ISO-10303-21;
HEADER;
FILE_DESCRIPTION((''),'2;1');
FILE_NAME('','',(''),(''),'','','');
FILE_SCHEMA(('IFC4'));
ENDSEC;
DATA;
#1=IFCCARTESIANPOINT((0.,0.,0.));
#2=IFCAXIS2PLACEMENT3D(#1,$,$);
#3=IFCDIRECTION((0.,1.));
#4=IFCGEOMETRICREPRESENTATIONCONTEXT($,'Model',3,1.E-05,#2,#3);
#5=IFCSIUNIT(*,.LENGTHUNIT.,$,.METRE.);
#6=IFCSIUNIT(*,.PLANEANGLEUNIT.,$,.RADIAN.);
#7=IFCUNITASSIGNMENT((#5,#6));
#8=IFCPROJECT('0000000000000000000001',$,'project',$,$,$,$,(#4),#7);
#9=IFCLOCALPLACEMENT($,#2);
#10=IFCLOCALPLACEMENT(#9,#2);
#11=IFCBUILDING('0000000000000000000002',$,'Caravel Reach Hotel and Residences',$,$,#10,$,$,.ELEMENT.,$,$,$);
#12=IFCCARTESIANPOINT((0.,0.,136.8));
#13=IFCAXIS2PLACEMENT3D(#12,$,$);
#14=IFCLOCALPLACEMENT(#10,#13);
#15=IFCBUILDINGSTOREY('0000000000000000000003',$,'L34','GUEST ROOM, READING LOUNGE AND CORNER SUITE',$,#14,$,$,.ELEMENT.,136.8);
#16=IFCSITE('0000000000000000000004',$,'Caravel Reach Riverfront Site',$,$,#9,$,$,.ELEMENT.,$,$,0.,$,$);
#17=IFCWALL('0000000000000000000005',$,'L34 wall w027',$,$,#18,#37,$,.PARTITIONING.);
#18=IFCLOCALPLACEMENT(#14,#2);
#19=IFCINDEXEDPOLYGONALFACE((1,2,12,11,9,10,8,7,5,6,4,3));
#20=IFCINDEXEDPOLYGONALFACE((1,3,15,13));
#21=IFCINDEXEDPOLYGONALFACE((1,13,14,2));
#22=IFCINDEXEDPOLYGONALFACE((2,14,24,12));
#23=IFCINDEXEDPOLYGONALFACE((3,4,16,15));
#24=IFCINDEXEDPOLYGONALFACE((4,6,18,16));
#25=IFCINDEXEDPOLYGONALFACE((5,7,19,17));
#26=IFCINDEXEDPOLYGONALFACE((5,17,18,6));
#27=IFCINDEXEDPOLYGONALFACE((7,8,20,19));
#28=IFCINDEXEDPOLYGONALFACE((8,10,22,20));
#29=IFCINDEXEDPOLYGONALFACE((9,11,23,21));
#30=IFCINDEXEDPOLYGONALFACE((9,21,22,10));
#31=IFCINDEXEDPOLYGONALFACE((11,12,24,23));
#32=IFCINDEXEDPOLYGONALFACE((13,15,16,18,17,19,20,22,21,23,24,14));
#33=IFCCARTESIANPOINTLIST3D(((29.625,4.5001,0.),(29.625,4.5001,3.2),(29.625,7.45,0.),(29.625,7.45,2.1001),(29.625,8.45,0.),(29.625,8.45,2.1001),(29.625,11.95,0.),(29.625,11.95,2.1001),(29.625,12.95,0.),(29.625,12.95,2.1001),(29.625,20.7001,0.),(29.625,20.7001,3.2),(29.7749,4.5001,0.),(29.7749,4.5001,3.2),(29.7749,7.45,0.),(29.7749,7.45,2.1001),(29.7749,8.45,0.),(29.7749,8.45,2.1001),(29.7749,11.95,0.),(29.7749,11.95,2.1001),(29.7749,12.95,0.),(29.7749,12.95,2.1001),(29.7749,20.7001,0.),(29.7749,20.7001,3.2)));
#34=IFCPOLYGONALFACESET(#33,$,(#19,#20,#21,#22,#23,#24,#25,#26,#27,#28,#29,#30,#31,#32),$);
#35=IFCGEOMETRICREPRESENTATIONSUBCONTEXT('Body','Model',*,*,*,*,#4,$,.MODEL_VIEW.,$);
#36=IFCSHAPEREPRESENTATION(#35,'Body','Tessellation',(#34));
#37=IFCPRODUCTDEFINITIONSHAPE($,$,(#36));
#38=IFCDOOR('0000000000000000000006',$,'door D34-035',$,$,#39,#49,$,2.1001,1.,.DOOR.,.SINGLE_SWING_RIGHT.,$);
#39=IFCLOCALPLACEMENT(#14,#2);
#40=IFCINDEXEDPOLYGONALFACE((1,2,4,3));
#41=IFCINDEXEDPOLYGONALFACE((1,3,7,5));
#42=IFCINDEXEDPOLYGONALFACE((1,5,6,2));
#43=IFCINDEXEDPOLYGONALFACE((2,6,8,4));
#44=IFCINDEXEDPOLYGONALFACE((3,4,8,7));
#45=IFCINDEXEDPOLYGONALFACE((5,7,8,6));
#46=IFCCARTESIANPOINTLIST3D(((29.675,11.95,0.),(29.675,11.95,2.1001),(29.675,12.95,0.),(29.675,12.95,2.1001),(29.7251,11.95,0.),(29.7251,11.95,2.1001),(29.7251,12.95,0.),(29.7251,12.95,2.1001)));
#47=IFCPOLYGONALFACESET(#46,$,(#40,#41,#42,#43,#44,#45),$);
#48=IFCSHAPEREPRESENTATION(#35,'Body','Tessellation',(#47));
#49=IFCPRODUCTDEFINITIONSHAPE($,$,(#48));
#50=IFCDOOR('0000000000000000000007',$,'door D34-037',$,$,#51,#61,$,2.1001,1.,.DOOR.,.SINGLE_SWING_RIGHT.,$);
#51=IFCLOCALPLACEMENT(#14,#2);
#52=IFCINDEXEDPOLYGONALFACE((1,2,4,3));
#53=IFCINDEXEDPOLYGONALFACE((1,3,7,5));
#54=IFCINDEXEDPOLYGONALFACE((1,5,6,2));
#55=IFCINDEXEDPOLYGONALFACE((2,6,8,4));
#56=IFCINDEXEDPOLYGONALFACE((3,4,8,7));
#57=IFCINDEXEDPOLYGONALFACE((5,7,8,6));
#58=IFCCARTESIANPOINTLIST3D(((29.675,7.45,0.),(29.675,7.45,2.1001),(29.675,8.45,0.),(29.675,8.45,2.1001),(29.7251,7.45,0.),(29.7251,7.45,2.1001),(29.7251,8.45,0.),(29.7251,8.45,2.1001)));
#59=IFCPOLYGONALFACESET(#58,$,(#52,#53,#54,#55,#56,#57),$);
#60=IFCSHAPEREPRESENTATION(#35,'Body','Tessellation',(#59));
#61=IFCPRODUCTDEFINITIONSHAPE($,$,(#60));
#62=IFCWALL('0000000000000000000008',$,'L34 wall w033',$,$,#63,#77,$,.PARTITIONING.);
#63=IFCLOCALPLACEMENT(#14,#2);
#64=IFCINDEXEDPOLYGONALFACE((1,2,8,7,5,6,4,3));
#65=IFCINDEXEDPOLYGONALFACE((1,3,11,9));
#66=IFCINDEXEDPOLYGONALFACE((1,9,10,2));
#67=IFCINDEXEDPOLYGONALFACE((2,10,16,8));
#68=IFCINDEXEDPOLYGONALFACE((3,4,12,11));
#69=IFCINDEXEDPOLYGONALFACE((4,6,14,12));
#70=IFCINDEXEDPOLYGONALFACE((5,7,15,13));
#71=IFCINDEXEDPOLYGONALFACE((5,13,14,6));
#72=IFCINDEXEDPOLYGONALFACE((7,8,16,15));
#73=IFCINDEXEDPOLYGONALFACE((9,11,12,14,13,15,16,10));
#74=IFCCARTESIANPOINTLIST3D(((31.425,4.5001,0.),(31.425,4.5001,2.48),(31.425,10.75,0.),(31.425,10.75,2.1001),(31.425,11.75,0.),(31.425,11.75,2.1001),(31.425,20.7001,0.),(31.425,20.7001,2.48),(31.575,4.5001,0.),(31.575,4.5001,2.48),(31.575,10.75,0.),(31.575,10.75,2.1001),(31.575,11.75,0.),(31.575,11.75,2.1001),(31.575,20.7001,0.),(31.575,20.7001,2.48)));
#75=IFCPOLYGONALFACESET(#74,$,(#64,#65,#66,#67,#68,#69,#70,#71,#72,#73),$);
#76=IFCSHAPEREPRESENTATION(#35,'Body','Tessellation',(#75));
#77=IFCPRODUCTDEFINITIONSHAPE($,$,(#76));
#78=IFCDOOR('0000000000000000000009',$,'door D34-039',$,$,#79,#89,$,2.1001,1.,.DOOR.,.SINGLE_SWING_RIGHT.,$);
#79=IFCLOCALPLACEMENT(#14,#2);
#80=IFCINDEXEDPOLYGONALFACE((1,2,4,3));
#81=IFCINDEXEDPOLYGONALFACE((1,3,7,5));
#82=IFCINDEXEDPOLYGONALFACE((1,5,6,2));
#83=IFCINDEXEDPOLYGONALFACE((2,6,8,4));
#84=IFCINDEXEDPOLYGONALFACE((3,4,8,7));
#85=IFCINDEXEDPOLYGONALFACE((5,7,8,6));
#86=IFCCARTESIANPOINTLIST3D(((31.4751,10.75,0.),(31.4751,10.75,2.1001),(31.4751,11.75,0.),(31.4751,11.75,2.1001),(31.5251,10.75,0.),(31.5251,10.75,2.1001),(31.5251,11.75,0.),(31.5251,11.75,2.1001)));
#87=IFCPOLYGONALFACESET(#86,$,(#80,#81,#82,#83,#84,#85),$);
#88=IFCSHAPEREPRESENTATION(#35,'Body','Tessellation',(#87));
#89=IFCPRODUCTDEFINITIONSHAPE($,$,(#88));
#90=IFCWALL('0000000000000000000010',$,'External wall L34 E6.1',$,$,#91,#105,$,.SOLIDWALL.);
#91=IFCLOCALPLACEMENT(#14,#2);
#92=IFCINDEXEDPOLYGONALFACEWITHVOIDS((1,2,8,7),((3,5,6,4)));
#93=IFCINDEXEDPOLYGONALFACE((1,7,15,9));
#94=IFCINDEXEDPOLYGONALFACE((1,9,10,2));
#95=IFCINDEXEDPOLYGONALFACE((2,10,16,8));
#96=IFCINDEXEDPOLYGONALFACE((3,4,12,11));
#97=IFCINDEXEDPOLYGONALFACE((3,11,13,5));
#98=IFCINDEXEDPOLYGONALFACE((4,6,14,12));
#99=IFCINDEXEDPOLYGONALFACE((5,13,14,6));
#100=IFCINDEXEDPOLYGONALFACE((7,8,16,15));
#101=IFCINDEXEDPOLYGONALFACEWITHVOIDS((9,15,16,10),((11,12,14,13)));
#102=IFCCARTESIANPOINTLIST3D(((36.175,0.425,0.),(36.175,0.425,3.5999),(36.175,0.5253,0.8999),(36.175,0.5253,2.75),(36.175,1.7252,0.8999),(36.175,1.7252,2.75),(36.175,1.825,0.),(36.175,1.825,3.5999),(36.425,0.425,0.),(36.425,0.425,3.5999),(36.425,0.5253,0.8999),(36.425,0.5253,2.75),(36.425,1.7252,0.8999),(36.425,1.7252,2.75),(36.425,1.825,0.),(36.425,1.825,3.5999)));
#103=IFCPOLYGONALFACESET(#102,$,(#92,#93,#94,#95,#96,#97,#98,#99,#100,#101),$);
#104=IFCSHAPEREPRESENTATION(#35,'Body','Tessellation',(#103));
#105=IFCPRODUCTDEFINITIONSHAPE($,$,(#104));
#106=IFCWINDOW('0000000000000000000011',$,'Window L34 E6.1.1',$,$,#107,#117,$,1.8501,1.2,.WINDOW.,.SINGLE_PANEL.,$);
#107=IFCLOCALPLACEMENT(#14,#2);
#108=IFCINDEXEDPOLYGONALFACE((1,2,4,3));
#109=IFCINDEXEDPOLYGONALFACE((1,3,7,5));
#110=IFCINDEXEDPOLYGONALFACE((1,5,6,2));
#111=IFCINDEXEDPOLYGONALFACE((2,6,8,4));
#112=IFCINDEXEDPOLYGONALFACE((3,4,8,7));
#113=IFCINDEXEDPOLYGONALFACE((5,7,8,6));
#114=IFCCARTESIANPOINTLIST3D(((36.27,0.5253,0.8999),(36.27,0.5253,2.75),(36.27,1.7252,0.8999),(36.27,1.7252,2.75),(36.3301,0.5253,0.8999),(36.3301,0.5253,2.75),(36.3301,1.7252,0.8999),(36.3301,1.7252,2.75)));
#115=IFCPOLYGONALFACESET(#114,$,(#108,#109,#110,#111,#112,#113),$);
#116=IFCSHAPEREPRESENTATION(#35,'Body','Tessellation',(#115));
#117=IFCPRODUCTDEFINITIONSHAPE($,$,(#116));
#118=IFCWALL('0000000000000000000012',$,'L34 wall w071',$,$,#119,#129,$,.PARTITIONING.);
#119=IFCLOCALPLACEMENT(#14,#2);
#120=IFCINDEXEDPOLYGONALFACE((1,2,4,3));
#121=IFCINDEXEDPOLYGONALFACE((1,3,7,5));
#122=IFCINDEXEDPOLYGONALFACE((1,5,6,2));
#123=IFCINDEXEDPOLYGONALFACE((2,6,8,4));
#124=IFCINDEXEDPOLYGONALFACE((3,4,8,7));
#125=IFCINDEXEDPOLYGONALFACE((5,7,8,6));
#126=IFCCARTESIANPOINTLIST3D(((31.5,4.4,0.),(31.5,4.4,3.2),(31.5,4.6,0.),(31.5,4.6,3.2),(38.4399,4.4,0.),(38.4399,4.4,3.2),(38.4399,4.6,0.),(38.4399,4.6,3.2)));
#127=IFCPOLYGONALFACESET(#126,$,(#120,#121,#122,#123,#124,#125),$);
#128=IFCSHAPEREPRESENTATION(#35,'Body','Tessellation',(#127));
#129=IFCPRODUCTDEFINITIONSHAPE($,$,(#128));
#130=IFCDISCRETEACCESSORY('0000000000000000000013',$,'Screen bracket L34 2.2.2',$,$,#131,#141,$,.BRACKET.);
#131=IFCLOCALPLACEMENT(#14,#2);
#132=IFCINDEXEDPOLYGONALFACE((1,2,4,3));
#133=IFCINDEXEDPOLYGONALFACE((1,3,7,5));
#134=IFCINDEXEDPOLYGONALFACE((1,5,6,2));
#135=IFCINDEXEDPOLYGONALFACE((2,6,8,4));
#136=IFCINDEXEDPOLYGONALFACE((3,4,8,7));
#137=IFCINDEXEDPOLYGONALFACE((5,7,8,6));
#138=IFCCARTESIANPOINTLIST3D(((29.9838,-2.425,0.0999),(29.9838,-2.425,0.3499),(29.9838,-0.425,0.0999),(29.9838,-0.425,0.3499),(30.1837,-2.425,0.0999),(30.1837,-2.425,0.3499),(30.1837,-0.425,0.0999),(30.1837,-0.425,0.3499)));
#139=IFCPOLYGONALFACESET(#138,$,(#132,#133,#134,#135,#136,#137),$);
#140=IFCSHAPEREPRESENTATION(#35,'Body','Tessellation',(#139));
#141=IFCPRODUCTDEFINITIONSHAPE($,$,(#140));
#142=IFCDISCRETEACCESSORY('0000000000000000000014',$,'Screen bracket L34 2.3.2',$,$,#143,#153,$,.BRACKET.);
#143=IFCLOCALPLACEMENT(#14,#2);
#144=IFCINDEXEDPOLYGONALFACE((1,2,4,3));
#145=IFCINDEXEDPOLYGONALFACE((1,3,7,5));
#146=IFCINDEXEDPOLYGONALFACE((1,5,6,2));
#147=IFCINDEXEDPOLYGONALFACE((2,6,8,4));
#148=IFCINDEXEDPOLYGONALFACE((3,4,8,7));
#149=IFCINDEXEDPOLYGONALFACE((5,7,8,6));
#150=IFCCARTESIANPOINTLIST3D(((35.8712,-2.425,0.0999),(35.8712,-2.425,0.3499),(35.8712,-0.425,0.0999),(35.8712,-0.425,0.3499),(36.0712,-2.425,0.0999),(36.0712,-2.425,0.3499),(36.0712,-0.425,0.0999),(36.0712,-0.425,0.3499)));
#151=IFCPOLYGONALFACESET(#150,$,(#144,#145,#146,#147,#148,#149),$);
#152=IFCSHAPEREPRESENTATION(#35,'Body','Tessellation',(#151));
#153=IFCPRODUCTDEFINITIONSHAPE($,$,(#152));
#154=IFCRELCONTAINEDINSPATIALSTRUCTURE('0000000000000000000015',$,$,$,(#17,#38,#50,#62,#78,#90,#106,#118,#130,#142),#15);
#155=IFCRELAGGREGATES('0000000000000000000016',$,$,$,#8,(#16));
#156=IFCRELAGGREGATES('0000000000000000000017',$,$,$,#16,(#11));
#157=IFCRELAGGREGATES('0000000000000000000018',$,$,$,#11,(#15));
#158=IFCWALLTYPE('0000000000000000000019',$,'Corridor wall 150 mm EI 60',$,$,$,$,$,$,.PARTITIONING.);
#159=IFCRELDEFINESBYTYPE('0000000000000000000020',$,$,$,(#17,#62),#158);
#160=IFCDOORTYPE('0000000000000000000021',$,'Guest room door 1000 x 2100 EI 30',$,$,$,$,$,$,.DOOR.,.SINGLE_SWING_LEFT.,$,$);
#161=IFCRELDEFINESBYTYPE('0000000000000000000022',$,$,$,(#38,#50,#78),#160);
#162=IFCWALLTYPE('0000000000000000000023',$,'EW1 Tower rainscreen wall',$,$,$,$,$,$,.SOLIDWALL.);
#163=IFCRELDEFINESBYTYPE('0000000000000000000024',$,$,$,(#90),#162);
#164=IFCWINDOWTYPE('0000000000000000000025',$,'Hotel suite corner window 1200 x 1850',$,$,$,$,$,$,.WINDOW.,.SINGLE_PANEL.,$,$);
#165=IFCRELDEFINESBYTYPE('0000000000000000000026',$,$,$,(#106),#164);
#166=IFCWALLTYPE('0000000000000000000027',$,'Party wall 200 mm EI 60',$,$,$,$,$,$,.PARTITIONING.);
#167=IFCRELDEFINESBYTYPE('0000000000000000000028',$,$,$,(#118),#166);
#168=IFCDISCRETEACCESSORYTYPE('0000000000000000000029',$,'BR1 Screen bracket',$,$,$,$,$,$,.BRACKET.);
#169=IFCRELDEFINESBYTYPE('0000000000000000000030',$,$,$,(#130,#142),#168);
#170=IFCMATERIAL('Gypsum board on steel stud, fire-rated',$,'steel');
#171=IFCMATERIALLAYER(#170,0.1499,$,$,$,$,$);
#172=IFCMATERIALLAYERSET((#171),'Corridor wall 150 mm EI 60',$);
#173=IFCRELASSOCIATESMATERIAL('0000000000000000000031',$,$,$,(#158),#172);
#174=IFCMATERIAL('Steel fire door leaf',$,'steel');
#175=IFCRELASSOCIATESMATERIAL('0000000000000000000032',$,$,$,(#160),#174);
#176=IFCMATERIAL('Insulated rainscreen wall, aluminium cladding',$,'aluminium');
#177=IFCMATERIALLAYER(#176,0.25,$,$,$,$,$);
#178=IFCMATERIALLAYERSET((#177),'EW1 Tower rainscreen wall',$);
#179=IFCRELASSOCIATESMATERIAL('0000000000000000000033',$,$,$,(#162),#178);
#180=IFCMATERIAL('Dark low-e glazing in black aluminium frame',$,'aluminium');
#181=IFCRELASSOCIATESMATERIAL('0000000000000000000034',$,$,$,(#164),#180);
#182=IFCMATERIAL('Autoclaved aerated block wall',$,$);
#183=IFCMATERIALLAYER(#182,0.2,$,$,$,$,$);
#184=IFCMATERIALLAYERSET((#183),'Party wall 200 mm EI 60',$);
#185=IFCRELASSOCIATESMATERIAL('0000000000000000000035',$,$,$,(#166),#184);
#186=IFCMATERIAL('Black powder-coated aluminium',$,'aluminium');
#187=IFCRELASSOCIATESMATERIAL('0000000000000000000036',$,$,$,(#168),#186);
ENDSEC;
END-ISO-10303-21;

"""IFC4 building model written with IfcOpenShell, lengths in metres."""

from ifc_helpers import new_model, si_unit, direction, frame, frame_2d, origin, origin_2d, place, context, subcontext, project, spatial, rectangle, extrude, material, layer, layer_set, type_object, element, fill, save


model = new_model("IFC4")

# Units and contexts
model_context = context("Model", 3, precision=1e-05, world=origin(), true_north=direction((0.0, 1.0)))
body_context = subcontext(model_context, "Body", "Model", "MODEL_VIEW")
ifc_project = project(units=[si_unit("LENGTHUNIT", "METRE"), si_unit("PLANEANGLEUNIT", "RADIAN")], contexts=[model_context])

# Site, building, storey
site_placement = place(None, origin())
site = spatial("IfcSite", under=ifc_project, at=site_placement, Name="Caravel Reach Riverfront Site", CompositionType="ELEMENT", RefElevation=0.0)
building_placement = place(site_placement, origin())
building = spatial("IfcBuilding", under=site, at=building_placement, Name="Caravel Reach Hotel and Residences", CompositionType="ELEMENT")
storey_placement = place(building_placement, frame((0.0, 0.0, 136.8)))
storey = spatial("IfcBuildingStorey", under=building, at=storey_placement, Name="L34", Description="GUEST ROOM, READING LOUNGE AND CORNER SUITE", CompositionType="ELEMENT", Elevation=136.8)

# Shared definitions
ifc_material_1 = material(Name="Gypsum board on steel stud, fire-rated", Category="steel")
ifc_layer_1 = layer(ifc_material_1, 0.1499)
ifc_layer_set_1 = layer_set([ifc_layer_1], Name="Corridor wall 150 mm EI 60")
wall_type_1 = type_object("IfcWallType", Name="Corridor wall 150 mm EI 60", PredefinedType="PARTITIONING", material=ifc_layer_set_1)
ifc_material_2 = material(Name="Steel fire door leaf", Category="steel")
door_type_1 = type_object("IfcDoorType", Name="Guest room door 1000 x 2100 EI 30", OperationType="SINGLE_SWING_LEFT", PredefinedType="DOOR", material=ifc_material_2)

# Wall, openings, doors
wall_1_placement = place(storey_placement, frame((29.7, 4.5, 0.0), z_axis=(0.0, 0.0, 1.0), x_axis=(0.0, 1.0, 0.0)))
wall_1 = element("IfcWall", 1, at=wall_1_placement, inside=storey, type_object=wall_type_1, Name="L34 wall w027", PredefinedType="PARTITIONING", context=body_context, shape_type="SweptSolid", body=[
    extrude(rectangle(XDim=16.2, YDim=0.1499, at=frame_2d((8.1001, 0.0))), origin(), (0.0, 0.0, 1.0), 3.2),
])
opening_1_placement = place(wall_1_placement, frame((7.45, 0.0, 0.0)))
opening_1 = element("IfcOpeningElement", 2, at=opening_1_placement, cuts=wall_1, PredefinedType="OPENING", context=body_context, shape_type="SweptSolid", body=[
    extrude(rectangle(XDim=1.0, YDim=2.1001, at=frame_2d((0.5, 1.05))), frame((0.0, 0.085, 0.0), z_axis=(0.0, -1.0, 0.0), x_axis=(1.0, 0.0, 0.0)), (0.0, 0.0, 1.0), 0.1699),
])
opening_2_placement = place(wall_1_placement, frame((2.95, 0.0, 0.0)))
opening_2 = element("IfcOpeningElement", 3, at=opening_2_placement, cuts=wall_1, PredefinedType="OPENING", context=body_context, shape_type="SweptSolid", body=[
    extrude(rectangle(XDim=1.0, YDim=2.1001, at=frame_2d((0.5, 1.05))), frame((0.0, 0.085, 0.0), z_axis=(0.0, -1.0, 0.0), x_axis=(1.0, 0.0, 0.0)), (0.0, 0.0, 1.0), 0.1699),
])
door_1_placement = place(opening_1_placement, origin())
door_1 = element("IfcDoor", 4, at=door_1_placement, inside=storey, type_object=door_type_1, Name="door D34-035", OperationType="SINGLE_SWING_RIGHT", OverallHeight=2.1001, OverallWidth=1.0, PredefinedType="DOOR", context=body_context, shape_type="SweptSolid", body=[
    extrude(rectangle(XDim=1.0, YDim=2.1001, at=frame_2d((0.5, 1.05))), frame((0.0, 0.0249, 0.0), z_axis=(0.0, -1.0, 0.0), x_axis=(1.0, 0.0, 0.0)), (0.0, 0.0, 1.0), 0.05),
])
fill(opening_1, door_1)
door_2_placement = place(opening_2_placement, origin())
door_2 = element("IfcDoor", 5, at=door_2_placement, inside=storey, type_object=door_type_1, Name="door D34-037", OperationType="SINGLE_SWING_RIGHT", OverallHeight=2.1001, OverallWidth=1.0, PredefinedType="DOOR", context=body_context, shape_type="SweptSolid", body=[
    extrude(rectangle(XDim=1.0, YDim=2.1001, at=frame_2d((0.5, 1.05))), frame((0.0, 0.0249, 0.0), z_axis=(0.0, -1.0, 0.0), x_axis=(1.0, 0.0, 0.0)), (0.0, 0.0, 1.0), 0.05),
])
fill(opening_2, door_2)

# Wall, opening, door
wall_2_placement = place(storey_placement, frame((31.5, 4.5, 0.0), z_axis=(0.0, 0.0, 1.0), x_axis=(0.0, 1.0, 0.0)))
wall_2 = element("IfcWall", 6, at=wall_2_placement, inside=storey, type_object=wall_type_1, Name="L34 wall w033", PredefinedType="PARTITIONING", context=body_context, shape_type="SweptSolid", body=[
    extrude(rectangle(XDim=16.2, YDim=0.1499, at=frame_2d((8.1001, 0.0))), origin(), (0.0, 0.0, 1.0), 2.48),
])
opening_3_placement = place(wall_2_placement, frame((6.25, 0.0, 0.0)))
opening_3 = element("IfcOpeningElement", 7, at=opening_3_placement, cuts=wall_2, PredefinedType="OPENING", context=body_context, shape_type="SweptSolid", body=[
    extrude(rectangle(XDim=1.0, YDim=2.1001, at=frame_2d((0.5, 1.05))), frame((0.0, 0.085, 0.0), z_axis=(0.0, -1.0, 0.0), x_axis=(1.0, 0.0, 0.0)), (0.0, 0.0, 1.0), 0.1699),
])
door_3_placement = place(opening_3_placement, origin())
door_3 = element("IfcDoor", 8, at=door_3_placement, inside=storey, type_object=door_type_1, Name="door D34-039", OperationType="SINGLE_SWING_RIGHT", OverallHeight=2.1001, OverallWidth=1.0, PredefinedType="DOOR", context=body_context, shape_type="SweptSolid", body=[
    extrude(rectangle(XDim=1.0, YDim=2.1001, at=frame_2d((0.5, 1.05))), frame((0.0, 0.0249, 0.0), z_axis=(0.0, -1.0, 0.0), x_axis=(1.0, 0.0, 0.0)), (0.0, 0.0, 1.0), 0.05),
])
fill(opening_3, door_3)

# Wall, opening, window
ifc_material_3 = material(Name="Insulated rainscreen wall, aluminium cladding", Category="aluminium")
ifc_layer_2 = layer(ifc_material_3, 0.25)
ifc_layer_set_2 = layer_set([ifc_layer_2], Name="EW1 Tower rainscreen wall")
wall_type_2 = type_object("IfcWallType", Name="EW1 Tower rainscreen wall", PredefinedType="SOLIDWALL", material=ifc_layer_set_2)
wall_3_placement = place(storey_placement, frame((36.3, 0.425, 0.0), z_axis=(0.0, 0.0, 1.0), x_axis=(0.0, 1.0, 0.0)))
wall_3 = element("IfcWall", 9, at=wall_3_placement, inside=storey, type_object=wall_type_2, Name="External wall L34 E6.1", PredefinedType="SOLIDWALL", context=body_context, shape_type="SweptSolid", body=[
    extrude(rectangle(XDim=1.3999, YDim=0.25, at=frame_2d((0.7, 0.0))), origin(), (0.0, 0.0, 1.0), 3.5999),
])
opening_4_placement = place(wall_3_placement, frame((0.1001, 0.0, 0.8999)))
opening_4 = element("IfcOpeningElement", 10, at=opening_4_placement, cuts=wall_3, PredefinedType="OPENING", context=body_context, shape_type="SweptSolid", body=[
    extrude(rectangle(XDim=1.2, YDim=1.8501, at=frame_2d((0.6001, 0.925))), frame((0.0, 0.135, 0.0), z_axis=(0.0, -1.0, 0.0), x_axis=(1.0, 0.0, 0.0)), (0.0, 0.0, 1.0), 0.27),
])
ifc_material_4 = material(Name="Dark low-e glazing in black aluminium frame", Category="aluminium")
window_type = type_object("IfcWindowType", Name="Hotel suite corner window 1200 x 1850", PartitioningType="SINGLE_PANEL", PredefinedType="WINDOW", material=ifc_material_4)
window_placement = place(opening_4_placement, origin())
window = element("IfcWindow", 11, at=window_placement, inside=storey, type_object=window_type, Name="Window L34 E6.1.1", OverallHeight=1.8501, OverallWidth=1.2, PartitioningType="SINGLE_PANEL", PredefinedType="WINDOW", context=body_context, shape_type="SweptSolid", body=[
    extrude(rectangle(XDim=1.2, YDim=1.8501, at=frame_2d((0.6001, 0.925))), frame((0.0, 0.03, 0.0), z_axis=(0.0, -1.0, 0.0), x_axis=(1.0, 0.0, 0.0)), (0.0, 0.0, 1.0), 0.0601),
])
fill(opening_4, window)

# Wall
ifc_material_5 = material(Name="Autoclaved aerated block wall")
ifc_layer_3 = layer(ifc_material_5, 0.2)
ifc_layer_set_3 = layer_set([ifc_layer_3], Name="Party wall 200 mm EI 60")
wall_type_3 = type_object("IfcWallType", Name="Party wall 200 mm EI 60", PredefinedType="PARTITIONING", material=ifc_layer_set_3)
wall_4_placement = place(storey_placement, frame((31.5, 4.5, 0.0), z_axis=(0.0, 0.0, 1.0), x_axis=(1.0, 0.0, 0.0)))
element("IfcWall", 12, at=wall_4_placement, inside=storey, type_object=wall_type_3, Name="L34 wall w071", PredefinedType="PARTITIONING", context=body_context, shape_type="SweptSolid", body=[
    extrude(rectangle(XDim=6.9399, YDim=0.2, at=frame_2d((3.47, 0.0))), origin(), (0.0, 0.0, 1.0), 3.2),
])

# Discrete accessories
ifc_material_6 = material(Name="Black powder-coated aluminium", Category="aluminium")
discrete_accessory_type = type_object("IfcDiscreteAccessoryType", Name="BR1 Screen bracket", PredefinedType="BRACKET", material=ifc_material_6)
for number, where, z_axis, x_axis, name in (
    (13, (30.0837, -1.425, 0.0999), (0.0, 0.0, 1.0), (0.0, -1.0, 0.0), "Screen bracket L34 2.2.2"),
    (14, (35.9712, -1.425, 0.0999), (0.0, 0.0, 1.0), (0.0, -1.0, 0.0), "Screen bracket L34 2.3.2"),
):
    element("IfcDiscreteAccessory", number, at=place(storey_placement, frame(where, z_axis=z_axis, x_axis=x_axis)), inside=storey, type_object=discrete_accessory_type, Name=name, PredefinedType="BRACKET", context=body_context, shape_type="SweptSolid", body=[
        extrude(rectangle(XDim=2.0, YDim=0.2, at=origin_2d()), origin(), (0.0, 0.0, 1.0), 0.25),
    ])

save(model, "model.ifc")
